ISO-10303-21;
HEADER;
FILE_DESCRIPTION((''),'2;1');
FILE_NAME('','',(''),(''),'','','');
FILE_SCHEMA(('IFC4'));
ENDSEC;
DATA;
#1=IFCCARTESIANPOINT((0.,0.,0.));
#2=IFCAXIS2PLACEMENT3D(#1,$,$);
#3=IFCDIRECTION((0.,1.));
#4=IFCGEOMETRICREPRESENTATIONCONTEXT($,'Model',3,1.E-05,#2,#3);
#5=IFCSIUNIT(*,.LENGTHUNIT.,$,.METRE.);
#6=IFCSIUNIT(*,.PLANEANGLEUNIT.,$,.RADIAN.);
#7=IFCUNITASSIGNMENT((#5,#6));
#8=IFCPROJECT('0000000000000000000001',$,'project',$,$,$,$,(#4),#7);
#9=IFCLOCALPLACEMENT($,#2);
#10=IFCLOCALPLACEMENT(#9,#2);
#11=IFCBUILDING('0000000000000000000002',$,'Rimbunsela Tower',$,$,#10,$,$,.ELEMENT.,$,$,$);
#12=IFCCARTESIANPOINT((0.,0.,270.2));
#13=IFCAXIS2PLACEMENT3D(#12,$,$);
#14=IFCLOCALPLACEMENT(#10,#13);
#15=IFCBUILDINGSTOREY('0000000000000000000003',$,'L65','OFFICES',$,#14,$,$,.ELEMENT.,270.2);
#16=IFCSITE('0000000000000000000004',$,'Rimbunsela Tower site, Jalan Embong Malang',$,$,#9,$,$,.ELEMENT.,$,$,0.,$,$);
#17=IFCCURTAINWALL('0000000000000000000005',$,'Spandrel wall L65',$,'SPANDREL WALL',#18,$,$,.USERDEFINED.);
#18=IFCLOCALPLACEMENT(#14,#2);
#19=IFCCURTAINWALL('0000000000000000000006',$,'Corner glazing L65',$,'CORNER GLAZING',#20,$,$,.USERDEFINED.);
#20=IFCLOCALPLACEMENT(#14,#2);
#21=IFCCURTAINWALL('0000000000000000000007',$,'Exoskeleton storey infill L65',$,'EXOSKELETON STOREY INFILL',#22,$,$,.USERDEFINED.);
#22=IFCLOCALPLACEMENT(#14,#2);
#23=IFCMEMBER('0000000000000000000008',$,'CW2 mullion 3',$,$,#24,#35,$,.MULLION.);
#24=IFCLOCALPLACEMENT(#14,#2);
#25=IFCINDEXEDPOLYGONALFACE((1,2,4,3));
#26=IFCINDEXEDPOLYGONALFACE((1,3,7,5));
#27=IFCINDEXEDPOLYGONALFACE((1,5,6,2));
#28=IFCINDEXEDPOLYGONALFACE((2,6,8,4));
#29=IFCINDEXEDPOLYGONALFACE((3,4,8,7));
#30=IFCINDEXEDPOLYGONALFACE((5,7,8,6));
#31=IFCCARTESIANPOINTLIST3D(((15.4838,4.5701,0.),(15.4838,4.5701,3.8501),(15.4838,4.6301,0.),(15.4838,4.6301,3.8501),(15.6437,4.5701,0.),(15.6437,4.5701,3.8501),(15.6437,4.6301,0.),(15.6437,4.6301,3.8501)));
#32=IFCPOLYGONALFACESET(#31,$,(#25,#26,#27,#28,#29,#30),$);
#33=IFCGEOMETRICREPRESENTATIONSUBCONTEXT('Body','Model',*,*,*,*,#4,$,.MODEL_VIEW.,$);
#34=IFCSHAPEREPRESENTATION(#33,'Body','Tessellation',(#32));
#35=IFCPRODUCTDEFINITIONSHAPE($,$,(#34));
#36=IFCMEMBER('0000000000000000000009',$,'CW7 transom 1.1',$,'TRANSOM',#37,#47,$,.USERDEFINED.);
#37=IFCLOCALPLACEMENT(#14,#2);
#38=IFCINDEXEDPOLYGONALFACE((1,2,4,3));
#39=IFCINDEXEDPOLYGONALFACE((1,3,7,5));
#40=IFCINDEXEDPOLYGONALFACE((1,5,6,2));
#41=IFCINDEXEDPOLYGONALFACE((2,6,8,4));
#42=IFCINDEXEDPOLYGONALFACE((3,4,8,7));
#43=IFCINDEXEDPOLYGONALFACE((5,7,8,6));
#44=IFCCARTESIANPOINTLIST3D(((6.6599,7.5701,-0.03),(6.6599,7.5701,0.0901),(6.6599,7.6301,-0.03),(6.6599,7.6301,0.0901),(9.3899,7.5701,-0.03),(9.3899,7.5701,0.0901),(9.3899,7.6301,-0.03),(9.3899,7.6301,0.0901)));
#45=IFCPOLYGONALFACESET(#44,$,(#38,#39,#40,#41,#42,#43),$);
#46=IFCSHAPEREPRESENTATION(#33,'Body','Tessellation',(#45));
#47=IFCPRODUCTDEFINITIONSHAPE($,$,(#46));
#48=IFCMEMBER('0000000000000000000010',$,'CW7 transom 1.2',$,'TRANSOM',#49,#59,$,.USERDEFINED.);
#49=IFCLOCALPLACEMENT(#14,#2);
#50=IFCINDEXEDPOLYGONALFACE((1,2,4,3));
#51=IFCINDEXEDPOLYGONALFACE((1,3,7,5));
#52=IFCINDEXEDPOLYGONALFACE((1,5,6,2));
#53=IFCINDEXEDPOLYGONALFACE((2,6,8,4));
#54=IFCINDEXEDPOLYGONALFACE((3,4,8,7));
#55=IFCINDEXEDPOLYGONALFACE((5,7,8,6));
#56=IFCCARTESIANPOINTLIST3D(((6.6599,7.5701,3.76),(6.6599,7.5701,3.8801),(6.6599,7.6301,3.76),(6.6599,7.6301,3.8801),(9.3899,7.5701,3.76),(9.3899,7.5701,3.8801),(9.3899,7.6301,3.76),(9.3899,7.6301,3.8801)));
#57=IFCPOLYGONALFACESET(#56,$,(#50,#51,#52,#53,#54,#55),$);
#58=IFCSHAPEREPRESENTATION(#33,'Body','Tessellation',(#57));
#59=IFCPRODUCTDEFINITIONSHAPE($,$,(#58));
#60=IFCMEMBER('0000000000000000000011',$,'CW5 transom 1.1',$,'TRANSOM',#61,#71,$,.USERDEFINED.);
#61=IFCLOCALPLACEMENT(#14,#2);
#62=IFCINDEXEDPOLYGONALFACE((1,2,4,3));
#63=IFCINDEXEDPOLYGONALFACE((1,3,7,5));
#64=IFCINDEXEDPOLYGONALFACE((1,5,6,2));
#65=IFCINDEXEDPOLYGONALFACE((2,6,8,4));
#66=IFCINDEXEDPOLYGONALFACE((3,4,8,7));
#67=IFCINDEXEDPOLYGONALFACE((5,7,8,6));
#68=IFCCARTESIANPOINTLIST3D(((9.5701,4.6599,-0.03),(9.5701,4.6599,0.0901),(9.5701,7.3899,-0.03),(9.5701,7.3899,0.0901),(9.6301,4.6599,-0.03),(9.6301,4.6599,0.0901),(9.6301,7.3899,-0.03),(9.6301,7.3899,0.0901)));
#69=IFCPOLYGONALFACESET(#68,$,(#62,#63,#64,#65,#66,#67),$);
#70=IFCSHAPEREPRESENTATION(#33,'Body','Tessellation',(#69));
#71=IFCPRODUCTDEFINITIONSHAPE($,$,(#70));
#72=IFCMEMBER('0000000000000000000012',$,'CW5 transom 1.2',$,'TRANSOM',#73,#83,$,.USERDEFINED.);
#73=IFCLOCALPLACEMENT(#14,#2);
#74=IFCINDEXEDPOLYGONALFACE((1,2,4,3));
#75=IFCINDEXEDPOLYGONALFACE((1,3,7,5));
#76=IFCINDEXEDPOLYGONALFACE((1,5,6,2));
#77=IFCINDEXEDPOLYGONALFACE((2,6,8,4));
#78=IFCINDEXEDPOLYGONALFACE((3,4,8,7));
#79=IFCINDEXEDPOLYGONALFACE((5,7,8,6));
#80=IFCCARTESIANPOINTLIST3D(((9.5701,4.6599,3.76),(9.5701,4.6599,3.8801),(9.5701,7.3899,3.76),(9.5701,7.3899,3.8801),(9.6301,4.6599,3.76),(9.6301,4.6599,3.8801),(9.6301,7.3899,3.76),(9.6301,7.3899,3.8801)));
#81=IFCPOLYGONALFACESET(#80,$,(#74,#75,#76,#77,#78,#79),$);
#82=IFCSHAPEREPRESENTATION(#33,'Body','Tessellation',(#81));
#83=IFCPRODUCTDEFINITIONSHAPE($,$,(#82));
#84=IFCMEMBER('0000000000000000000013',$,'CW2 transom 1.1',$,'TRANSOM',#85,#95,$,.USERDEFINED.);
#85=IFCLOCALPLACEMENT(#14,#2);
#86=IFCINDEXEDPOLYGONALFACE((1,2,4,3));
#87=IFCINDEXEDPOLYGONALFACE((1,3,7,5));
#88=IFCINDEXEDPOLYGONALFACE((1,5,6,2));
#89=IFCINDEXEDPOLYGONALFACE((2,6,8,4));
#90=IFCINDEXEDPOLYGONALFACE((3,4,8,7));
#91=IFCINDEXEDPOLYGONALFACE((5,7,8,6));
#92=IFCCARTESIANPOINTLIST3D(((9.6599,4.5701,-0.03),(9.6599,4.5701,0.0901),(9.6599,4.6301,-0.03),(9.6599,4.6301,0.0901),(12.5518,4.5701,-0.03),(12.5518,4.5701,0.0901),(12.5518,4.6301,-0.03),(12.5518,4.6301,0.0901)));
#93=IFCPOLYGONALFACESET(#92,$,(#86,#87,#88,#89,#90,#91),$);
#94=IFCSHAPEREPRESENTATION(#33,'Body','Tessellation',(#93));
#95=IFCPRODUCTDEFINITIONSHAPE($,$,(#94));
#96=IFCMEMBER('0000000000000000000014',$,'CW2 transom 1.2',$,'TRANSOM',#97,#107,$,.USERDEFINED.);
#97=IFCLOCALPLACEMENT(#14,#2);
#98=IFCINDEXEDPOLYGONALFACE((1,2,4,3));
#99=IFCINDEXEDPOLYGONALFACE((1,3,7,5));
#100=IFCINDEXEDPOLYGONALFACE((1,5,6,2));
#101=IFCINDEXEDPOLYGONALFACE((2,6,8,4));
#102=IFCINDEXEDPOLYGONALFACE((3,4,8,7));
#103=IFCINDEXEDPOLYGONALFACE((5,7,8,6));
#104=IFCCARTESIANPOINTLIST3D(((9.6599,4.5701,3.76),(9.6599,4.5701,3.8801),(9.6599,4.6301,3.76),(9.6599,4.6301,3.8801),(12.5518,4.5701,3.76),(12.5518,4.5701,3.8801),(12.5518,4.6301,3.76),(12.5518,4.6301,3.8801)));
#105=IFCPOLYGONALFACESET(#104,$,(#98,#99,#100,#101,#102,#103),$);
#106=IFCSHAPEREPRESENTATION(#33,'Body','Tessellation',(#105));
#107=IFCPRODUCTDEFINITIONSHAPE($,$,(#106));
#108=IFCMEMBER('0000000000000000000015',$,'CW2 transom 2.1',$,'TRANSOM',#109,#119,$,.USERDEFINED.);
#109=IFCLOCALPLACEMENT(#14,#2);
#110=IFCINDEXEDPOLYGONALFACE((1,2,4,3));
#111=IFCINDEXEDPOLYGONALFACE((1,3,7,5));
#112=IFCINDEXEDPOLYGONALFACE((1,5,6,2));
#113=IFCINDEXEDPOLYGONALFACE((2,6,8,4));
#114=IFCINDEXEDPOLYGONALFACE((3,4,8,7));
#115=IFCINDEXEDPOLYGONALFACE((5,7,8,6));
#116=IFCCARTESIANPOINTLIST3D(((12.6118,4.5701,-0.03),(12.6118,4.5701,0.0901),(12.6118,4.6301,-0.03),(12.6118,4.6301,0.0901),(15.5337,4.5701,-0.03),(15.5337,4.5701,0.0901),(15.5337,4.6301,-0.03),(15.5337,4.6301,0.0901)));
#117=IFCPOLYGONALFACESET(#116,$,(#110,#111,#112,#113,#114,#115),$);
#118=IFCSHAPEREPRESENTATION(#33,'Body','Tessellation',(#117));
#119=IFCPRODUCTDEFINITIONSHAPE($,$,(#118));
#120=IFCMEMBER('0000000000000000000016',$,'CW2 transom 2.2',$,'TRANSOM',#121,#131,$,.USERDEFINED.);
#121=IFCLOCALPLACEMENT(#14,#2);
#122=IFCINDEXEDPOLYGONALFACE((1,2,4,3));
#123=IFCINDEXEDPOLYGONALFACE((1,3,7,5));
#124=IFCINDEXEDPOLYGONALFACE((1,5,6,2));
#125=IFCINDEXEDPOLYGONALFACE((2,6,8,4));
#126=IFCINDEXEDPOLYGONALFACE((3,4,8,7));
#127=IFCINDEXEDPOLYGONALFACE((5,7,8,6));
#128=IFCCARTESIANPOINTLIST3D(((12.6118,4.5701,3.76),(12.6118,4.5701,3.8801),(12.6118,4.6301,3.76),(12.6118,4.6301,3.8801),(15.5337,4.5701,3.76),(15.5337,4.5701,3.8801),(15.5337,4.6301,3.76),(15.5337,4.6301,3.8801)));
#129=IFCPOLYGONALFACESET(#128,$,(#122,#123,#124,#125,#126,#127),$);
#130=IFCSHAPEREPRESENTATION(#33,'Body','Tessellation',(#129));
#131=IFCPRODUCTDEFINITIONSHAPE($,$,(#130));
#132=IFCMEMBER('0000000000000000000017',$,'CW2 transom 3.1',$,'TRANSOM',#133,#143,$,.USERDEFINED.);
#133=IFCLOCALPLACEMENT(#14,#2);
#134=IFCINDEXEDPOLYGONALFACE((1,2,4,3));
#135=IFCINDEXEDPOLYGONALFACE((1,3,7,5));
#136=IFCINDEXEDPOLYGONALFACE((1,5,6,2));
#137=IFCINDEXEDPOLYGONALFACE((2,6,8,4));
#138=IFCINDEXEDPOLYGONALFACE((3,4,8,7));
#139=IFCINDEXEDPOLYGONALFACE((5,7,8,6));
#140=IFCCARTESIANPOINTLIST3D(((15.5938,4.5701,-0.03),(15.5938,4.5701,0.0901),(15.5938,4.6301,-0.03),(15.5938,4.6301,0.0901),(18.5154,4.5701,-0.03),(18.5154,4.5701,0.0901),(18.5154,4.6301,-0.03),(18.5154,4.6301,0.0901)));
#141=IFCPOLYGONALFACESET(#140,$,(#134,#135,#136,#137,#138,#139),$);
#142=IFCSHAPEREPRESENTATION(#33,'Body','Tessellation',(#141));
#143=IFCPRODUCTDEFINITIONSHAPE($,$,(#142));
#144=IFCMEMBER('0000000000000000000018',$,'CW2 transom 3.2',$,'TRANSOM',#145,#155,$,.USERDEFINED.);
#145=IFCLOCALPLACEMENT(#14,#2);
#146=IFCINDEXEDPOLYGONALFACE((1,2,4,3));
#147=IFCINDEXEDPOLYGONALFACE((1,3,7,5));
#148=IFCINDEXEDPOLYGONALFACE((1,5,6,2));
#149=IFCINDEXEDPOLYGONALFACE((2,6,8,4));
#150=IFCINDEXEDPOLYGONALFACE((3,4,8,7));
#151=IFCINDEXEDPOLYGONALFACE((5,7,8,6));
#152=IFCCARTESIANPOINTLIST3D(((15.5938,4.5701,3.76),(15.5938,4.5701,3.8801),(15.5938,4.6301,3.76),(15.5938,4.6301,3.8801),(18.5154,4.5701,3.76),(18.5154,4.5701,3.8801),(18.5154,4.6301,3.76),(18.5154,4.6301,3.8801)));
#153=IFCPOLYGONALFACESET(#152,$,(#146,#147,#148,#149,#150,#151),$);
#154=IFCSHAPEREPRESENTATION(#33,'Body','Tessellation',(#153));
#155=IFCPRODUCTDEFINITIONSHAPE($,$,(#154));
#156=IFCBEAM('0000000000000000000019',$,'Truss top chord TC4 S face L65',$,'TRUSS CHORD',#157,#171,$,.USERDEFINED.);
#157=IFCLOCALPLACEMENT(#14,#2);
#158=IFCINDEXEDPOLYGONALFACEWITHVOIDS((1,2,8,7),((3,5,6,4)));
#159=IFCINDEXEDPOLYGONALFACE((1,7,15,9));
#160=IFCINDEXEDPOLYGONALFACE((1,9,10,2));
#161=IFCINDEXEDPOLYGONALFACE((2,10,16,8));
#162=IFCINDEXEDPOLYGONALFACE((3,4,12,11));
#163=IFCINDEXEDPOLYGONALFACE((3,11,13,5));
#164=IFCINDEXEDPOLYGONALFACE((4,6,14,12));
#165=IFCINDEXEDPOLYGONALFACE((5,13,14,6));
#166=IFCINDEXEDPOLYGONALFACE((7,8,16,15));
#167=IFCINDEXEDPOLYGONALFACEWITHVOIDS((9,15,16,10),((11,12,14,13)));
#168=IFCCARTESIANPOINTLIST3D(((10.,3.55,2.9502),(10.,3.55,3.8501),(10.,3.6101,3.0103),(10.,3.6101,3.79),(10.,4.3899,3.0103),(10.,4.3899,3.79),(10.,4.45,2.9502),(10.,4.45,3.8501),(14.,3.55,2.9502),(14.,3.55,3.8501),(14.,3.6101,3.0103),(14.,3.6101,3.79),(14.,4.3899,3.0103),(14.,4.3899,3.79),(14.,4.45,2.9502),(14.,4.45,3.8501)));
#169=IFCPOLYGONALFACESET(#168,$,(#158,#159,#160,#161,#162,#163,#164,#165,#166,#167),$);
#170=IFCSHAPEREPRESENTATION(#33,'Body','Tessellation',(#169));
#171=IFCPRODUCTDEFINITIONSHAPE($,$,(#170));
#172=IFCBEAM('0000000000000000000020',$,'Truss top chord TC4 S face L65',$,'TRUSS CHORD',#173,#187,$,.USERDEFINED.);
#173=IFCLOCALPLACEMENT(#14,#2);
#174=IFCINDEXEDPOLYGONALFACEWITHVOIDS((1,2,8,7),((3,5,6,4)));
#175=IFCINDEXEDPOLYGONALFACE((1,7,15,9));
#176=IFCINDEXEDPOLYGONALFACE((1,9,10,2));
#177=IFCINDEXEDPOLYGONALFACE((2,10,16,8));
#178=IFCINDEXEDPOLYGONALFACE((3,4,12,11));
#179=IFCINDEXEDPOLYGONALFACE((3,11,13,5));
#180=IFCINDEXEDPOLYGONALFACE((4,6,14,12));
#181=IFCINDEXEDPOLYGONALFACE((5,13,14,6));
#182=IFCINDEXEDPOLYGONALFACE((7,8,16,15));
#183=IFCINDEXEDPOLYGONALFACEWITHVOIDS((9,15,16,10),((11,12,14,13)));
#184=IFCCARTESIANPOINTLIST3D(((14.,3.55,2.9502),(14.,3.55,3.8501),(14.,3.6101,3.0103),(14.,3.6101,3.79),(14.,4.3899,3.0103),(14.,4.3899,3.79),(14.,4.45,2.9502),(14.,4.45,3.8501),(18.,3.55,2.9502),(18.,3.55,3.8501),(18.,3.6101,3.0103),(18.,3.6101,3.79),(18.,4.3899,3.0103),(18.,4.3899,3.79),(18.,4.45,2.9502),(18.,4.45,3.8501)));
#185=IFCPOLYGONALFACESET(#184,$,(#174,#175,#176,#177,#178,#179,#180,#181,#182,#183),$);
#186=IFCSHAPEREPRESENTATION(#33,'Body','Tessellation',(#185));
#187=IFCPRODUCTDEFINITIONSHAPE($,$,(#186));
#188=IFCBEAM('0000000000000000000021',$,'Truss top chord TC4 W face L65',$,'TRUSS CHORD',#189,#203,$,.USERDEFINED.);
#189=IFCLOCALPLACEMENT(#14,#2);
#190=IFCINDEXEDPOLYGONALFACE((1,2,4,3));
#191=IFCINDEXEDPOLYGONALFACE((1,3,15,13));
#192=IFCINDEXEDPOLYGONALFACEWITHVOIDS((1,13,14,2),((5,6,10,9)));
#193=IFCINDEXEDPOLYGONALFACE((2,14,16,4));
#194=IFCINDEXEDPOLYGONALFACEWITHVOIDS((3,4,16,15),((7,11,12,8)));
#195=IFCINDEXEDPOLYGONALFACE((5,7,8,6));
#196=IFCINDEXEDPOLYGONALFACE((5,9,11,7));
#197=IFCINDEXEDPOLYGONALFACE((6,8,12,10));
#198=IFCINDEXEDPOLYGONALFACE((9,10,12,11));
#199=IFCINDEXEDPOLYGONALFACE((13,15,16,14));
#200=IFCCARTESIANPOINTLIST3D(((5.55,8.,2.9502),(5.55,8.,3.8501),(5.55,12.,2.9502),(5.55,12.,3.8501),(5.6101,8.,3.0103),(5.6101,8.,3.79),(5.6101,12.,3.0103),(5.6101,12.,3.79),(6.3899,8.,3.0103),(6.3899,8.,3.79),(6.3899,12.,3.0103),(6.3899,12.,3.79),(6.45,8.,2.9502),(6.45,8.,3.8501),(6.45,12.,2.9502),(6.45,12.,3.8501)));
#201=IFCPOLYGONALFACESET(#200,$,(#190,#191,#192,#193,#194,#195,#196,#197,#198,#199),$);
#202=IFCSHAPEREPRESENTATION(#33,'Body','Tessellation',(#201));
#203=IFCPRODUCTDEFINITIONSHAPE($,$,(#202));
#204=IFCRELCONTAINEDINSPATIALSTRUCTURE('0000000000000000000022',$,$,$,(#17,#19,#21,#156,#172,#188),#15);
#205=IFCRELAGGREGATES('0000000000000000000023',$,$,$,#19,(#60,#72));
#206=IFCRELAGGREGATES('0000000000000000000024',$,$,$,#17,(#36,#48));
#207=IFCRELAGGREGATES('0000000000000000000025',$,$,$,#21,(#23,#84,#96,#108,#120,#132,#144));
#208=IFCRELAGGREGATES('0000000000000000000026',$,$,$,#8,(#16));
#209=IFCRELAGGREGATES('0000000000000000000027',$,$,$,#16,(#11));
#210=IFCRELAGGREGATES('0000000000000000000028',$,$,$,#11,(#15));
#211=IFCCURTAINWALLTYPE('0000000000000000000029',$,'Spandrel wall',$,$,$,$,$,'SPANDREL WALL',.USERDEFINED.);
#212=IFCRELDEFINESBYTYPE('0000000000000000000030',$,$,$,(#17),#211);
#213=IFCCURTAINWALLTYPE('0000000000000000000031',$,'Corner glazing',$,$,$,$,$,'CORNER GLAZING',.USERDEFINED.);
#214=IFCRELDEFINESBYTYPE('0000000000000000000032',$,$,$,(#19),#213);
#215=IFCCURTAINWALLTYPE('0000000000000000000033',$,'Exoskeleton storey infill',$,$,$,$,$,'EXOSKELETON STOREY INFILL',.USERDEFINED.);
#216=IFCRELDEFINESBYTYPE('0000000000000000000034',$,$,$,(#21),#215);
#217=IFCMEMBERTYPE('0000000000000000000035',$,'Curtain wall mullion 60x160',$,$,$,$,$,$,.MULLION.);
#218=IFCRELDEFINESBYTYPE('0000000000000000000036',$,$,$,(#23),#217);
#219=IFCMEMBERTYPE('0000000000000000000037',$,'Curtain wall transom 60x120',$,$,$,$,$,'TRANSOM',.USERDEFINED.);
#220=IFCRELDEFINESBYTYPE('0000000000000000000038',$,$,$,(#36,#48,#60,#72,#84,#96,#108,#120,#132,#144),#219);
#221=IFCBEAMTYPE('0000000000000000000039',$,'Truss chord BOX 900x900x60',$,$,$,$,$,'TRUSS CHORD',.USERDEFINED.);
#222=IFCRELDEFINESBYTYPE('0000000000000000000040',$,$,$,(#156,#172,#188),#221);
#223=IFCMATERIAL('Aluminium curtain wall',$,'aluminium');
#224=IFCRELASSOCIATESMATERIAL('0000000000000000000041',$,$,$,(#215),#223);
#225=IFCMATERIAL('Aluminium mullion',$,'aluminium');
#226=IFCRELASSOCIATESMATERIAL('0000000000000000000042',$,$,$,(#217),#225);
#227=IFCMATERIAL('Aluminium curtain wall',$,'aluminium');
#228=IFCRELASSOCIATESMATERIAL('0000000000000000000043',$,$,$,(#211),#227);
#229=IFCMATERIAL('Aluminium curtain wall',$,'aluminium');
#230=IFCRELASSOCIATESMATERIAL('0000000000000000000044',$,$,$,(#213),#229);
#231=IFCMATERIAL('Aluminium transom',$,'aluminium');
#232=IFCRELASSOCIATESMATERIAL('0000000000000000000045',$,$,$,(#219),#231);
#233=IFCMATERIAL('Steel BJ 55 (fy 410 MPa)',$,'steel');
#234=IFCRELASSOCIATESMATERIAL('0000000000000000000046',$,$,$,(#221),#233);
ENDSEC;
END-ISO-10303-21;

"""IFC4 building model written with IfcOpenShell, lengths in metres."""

from ifc_helpers import new_model, si_unit, direction, frame, origin, origin_2d, place, context, subcontext, project, spatial, rectangle, hollow_rectangle, extrude, material, material_profile, profile_set, type_object, element, aggregate, save


model = new_model("IFC4")

# Units and contexts
model_context = context("Model", 3, precision=1e-05, world=origin(), true_north=direction((0.0, 1.0)))
body_context = subcontext(model_context, "Body", "Model", "MODEL_VIEW")
ifc_project = project(units=[si_unit("LENGTHUNIT", "METRE"), si_unit("PLANEANGLEUNIT", "RADIAN")], contexts=[model_context])

# Site, building, storey
site_placement = place(None, origin())
site = spatial("IfcSite", under=ifc_project, at=site_placement, Name="Rimbunsela Tower site, Jalan Embong Malang", CompositionType="ELEMENT", RefElevation=0.0)
building_placement = place(site_placement, origin())
building = spatial("IfcBuilding", under=site, at=building_placement, Name="Rimbunsela Tower", CompositionType="ELEMENT")
storey_placement = place(building_placement, frame((0.0, 0.0, 270.2)))
storey = spatial("IfcBuildingStorey", under=building, at=storey_placement, Name="L65", Description="OFFICES", CompositionType="ELEMENT", Elevation=270.2)

# Shared definitions
ifc_material_1 = material(Name="Aluminium curtain wall", Category="aluminium")
curtain_wall_type_1 = type_object("IfcCurtainWallType", Name="Exoskeleton storey infill", ElementType="EXOSKELETON STOREY INFILL", PredefinedType="USERDEFINED", material=ifc_material_1)
ifc_material_2 = material(Name="Aluminium mullion", Category="aluminium")
ifc_material_profile_1 = material_profile(ifc_material_2, rectangle(XDim=0.0601, YDim=0.1599, at=origin_2d()), Name="Mullion 60x160")
ifc_profile_set_1 = profile_set([ifc_material_profile_1], Name="Aluminium mullion")
member_type_1 = type_object("IfcMemberType", Name="Curtain wall mullion 60x160", PredefinedType="MULLION", material=ifc_profile_set_1)

# Curtain walls, member
ifc_material_3 = material(Name="Aluminium curtain wall", Category="aluminium")
curtain_wall_type_2 = type_object("IfcCurtainWallType", Name="Spandrel wall", ElementType="SPANDREL WALL", PredefinedType="USERDEFINED", material=ifc_material_3)
curtain_wall_1_placement = place(storey_placement, origin())
curtain_wall_1 = element("IfcCurtainWall", 1, at=curtain_wall_1_placement, inside=storey, type_object=curtain_wall_type_2, Name="Spandrel wall L65", ObjectType="SPANDREL WALL", PredefinedType="USERDEFINED")
ifc_material_4 = material(Name="Aluminium curtain wall", Category="aluminium")
curtain_wall_type_3 = type_object("IfcCurtainWallType", Name="Corner glazing", ElementType="CORNER GLAZING", PredefinedType="USERDEFINED", material=ifc_material_4)
curtain_wall_2_placement = place(storey_placement, origin())
curtain_wall_2 = element("IfcCurtainWall", 2, at=curtain_wall_2_placement, inside=storey, type_object=curtain_wall_type_3, Name="Corner glazing L65", ObjectType="CORNER GLAZING", PredefinedType="USERDEFINED")
curtain_wall_3_placement = place(storey_placement, origin())
curtain_wall_3 = element("IfcCurtainWall", 3, at=curtain_wall_3_placement, inside=storey, type_object=curtain_wall_type_1, Name="Exoskeleton storey infill L65", ObjectType="EXOSKELETON STOREY INFILL", PredefinedType="USERDEFINED")
member_1_placement = place(storey_placement, frame((15.5637, 4.6001, 0.0), z_axis=(0.0, 0.0, 1.0), x_axis=(0.0, 1.0, 0.0)))
member_1 = element("IfcMember", 4, at=member_1_placement, type_object=member_type_1, Name="CW2 mullion 3", PredefinedType="MULLION", context=body_context, shape_type="SweptSolid", body=[
    extrude(rectangle(XDim=0.0601, YDim=0.1599, at=origin_2d()), origin(), (0.0, 0.0, 1.0), 3.8501),
])

# Members
ifc_material_5 = material(Name="Aluminium transom", Category="aluminium")
ifc_material_profile_2 = material_profile(ifc_material_5, rectangle(XDim=0.0601, YDim=0.1201, at=origin_2d()), Name="Transom 60x120")
ifc_profile_set_2 = profile_set([ifc_material_profile_2], Name="Aluminium transom")
member_type_2 = type_object("IfcMemberType", Name="Curtain wall transom 60x120", ElementType="TRANSOM", PredefinedType="USERDEFINED", material=ifc_profile_set_2)
member_2_placement = place(storey_placement, frame((6.6599, 7.6001, 0.03), z_axis=(1.0, 0.0, 0.0), x_axis=(0.0, 1.0, 0.0)))
member_2 = element("IfcMember", 5, at=member_2_placement, type_object=member_type_2, Name="CW7 transom 1.1", ObjectType="TRANSOM", PredefinedType="USERDEFINED", context=body_context, shape_type="SweptSolid", body=[
    extrude(rectangle(XDim=0.0601, YDim=0.1201, at=origin_2d()), origin(), (0.0, 0.0, 1.0), 2.73),
])
member_3_placement = place(storey_placement, frame((6.6599, 7.6001, 3.8201), z_axis=(1.0, 0.0, 0.0), x_axis=(0.0, 1.0, 0.0)))
member_3 = element("IfcMember", 6, at=member_3_placement, type_object=member_type_2, Name="CW7 transom 1.2", ObjectType="TRANSOM", PredefinedType="USERDEFINED", context=body_context, shape_type="SweptSolid", body=[
    extrude(rectangle(XDim=0.0601, YDim=0.1201, at=origin_2d()), origin(), (0.0, 0.0, 1.0), 2.73),
])
member_4_placement = place(storey_placement, frame((9.6001, 7.3899, 0.03), z_axis=(0.0, -1.0, 0.0), x_axis=(1.0, 0.0, 0.0)))
member_4 = element("IfcMember", 7, at=member_4_placement, type_object=member_type_2, Name="CW5 transom 1.1", ObjectType="TRANSOM", PredefinedType="USERDEFINED", context=body_context, shape_type="SweptSolid", body=[
    extrude(rectangle(XDim=0.0601, YDim=0.1201, at=origin_2d()), origin(), (0.0, 0.0, 1.0), 2.73),
])
member_5_placement = place(storey_placement, frame((9.6001, 7.3899, 3.8201), z_axis=(0.0, -1.0, 0.0), x_axis=(1.0, 0.0, 0.0)))
member_5 = element("IfcMember", 8, at=member_5_placement, type_object=member_type_2, Name="CW5 transom 1.2", ObjectType="TRANSOM", PredefinedType="USERDEFINED", context=body_context, shape_type="SweptSolid", body=[
    extrude(rectangle(XDim=0.0601, YDim=0.1201, at=origin_2d()), origin(), (0.0, 0.0, 1.0), 2.73),
])
member_6_placement = place(storey_placement, frame((9.6599, 4.6001, 0.03), z_axis=(1.0, 0.0, 0.0), x_axis=(0.0, 1.0, 0.0)))
member_6 = element("IfcMember", 9, at=member_6_placement, type_object=member_type_2, Name="CW2 transom 1.1", ObjectType="TRANSOM", PredefinedType="USERDEFINED", context=body_context, shape_type="SweptSolid", body=[
    extrude(rectangle(XDim=0.0601, YDim=0.1201, at=origin_2d()), origin(), (0.0, 0.0, 1.0), 2.8918),
])
member_7_placement = place(storey_placement, frame((9.6599, 4.6001, 3.8201), z_axis=(1.0, 0.0, 0.0), x_axis=(0.0, 1.0, 0.0)))
member_7 = element("IfcMember", 10, at=member_7_placement, type_object=member_type_2, Name="CW2 transom 1.2", ObjectType="TRANSOM", PredefinedType="USERDEFINED", context=body_context, shape_type="SweptSolid", body=[
    extrude(rectangle(XDim=0.0601, YDim=0.1201, at=origin_2d()), origin(), (0.0, 0.0, 1.0), 2.8918),
])
member_8_placement = place(storey_placement, frame((12.6118, 4.6001, 0.03), z_axis=(1.0, 0.0, 0.0), x_axis=(0.0, 1.0, 0.0)))
member_8 = element("IfcMember", 11, at=member_8_placement, type_object=member_type_2, Name="CW2 transom 2.1", ObjectType="TRANSOM", PredefinedType="USERDEFINED", context=body_context, shape_type="SweptSolid", body=[
    extrude(rectangle(XDim=0.0601, YDim=0.1201, at=origin_2d()), origin(), (0.0, 0.0, 1.0), 2.9219),
])
member_9_placement = place(storey_placement, frame((12.6118, 4.6001, 3.8201), z_axis=(1.0, 0.0, 0.0), x_axis=(0.0, 1.0, 0.0)))
member_9 = element("IfcMember", 12, at=member_9_placement, type_object=member_type_2, Name="CW2 transom 2.2", ObjectType="TRANSOM", PredefinedType="USERDEFINED", context=body_context, shape_type="SweptSolid", body=[
    extrude(rectangle(XDim=0.0601, YDim=0.1201, at=origin_2d()), origin(), (0.0, 0.0, 1.0), 2.9219),
])
member_10_placement = place(storey_placement, frame((15.5938, 4.6001, 0.03), z_axis=(1.0, 0.0, 0.0), x_axis=(0.0, 1.0, 0.0)))
member_10 = element("IfcMember", 13, at=member_10_placement, type_object=member_type_2, Name="CW2 transom 3.1", ObjectType="TRANSOM", PredefinedType="USERDEFINED", context=body_context, shape_type="SweptSolid", body=[
    extrude(rectangle(XDim=0.0601, YDim=0.1201, at=origin_2d()), origin(), (0.0, 0.0, 1.0), 2.9216),
])
member_11_placement = place(storey_placement, frame((15.5938, 4.6001, 3.8201), z_axis=(1.0, 0.0, 0.0), x_axis=(0.0, 1.0, 0.0)))
member_11 = element("IfcMember", 14, at=member_11_placement, type_object=member_type_2, Name="CW2 transom 3.2", ObjectType="TRANSOM", PredefinedType="USERDEFINED", context=body_context, shape_type="SweptSolid", body=[
    extrude(rectangle(XDim=0.0601, YDim=0.1201, at=origin_2d()), origin(), (0.0, 0.0, 1.0), 2.9216),
])

# Beams
ifc_material_6 = material(Name="Steel BJ 55 (fy 410 MPa)", Category="steel")
ifc_material_profile_3 = material_profile(ifc_material_6, hollow_rectangle(XDim=0.8999, YDim=0.8999, WallThickness=0.0601, at=origin_2d()), Name="BOX 900x900x60")
ifc_profile_set_3 = profile_set([ifc_material_profile_3], Name="Steel BJ 55 (fy 410 MPa)")
beam_type_1 = type_object("IfcBeamType", Name="Truss chord BOX 900x900x60", ElementType="TRUSS CHORD", PredefinedType="USERDEFINED", material=ifc_profile_set_3)
for number, where, z_axis, x_axis, name in (
    (15, (10.0, 4.0, 3.4001), (1.0, 0.0, 0.0), (0.0, 1.0, 0.0), "Truss top chord TC4 S face L65"),
    (16, (14.0, 4.0, 3.4001), (1.0, 0.0, 0.0), (0.0, 1.0, 0.0), "Truss top chord TC4 S face L65"),
    (17, (6.0, 8.0, 3.4001), (0.0, 1.0, 0.0), (-1.0, 0.0, 0.0), "Truss top chord TC4 W face L65"),
):
    element("IfcBeam", number, at=place(storey_placement, frame(where, z_axis=z_axis, x_axis=x_axis)), inside=storey, type_object=beam_type_1, Name=name, ObjectType="TRUSS CHORD", PredefinedType="USERDEFINED", context=body_context, shape_type="SweptSolid", body=[
        extrude(hollow_rectangle(XDim=0.8999, YDim=0.8999, WallThickness=0.0601, at=origin_2d()), origin(), (0.0, 0.0, 1.0), 4.0),
    ])

aggregate(curtain_wall_2, [member_4, member_5])
aggregate(curtain_wall_1, [member_2, member_3])
aggregate(curtain_wall_3, [member_1, member_6, member_7, member_8, member_9, member_10, member_11])

save(model, "model.ifc")
